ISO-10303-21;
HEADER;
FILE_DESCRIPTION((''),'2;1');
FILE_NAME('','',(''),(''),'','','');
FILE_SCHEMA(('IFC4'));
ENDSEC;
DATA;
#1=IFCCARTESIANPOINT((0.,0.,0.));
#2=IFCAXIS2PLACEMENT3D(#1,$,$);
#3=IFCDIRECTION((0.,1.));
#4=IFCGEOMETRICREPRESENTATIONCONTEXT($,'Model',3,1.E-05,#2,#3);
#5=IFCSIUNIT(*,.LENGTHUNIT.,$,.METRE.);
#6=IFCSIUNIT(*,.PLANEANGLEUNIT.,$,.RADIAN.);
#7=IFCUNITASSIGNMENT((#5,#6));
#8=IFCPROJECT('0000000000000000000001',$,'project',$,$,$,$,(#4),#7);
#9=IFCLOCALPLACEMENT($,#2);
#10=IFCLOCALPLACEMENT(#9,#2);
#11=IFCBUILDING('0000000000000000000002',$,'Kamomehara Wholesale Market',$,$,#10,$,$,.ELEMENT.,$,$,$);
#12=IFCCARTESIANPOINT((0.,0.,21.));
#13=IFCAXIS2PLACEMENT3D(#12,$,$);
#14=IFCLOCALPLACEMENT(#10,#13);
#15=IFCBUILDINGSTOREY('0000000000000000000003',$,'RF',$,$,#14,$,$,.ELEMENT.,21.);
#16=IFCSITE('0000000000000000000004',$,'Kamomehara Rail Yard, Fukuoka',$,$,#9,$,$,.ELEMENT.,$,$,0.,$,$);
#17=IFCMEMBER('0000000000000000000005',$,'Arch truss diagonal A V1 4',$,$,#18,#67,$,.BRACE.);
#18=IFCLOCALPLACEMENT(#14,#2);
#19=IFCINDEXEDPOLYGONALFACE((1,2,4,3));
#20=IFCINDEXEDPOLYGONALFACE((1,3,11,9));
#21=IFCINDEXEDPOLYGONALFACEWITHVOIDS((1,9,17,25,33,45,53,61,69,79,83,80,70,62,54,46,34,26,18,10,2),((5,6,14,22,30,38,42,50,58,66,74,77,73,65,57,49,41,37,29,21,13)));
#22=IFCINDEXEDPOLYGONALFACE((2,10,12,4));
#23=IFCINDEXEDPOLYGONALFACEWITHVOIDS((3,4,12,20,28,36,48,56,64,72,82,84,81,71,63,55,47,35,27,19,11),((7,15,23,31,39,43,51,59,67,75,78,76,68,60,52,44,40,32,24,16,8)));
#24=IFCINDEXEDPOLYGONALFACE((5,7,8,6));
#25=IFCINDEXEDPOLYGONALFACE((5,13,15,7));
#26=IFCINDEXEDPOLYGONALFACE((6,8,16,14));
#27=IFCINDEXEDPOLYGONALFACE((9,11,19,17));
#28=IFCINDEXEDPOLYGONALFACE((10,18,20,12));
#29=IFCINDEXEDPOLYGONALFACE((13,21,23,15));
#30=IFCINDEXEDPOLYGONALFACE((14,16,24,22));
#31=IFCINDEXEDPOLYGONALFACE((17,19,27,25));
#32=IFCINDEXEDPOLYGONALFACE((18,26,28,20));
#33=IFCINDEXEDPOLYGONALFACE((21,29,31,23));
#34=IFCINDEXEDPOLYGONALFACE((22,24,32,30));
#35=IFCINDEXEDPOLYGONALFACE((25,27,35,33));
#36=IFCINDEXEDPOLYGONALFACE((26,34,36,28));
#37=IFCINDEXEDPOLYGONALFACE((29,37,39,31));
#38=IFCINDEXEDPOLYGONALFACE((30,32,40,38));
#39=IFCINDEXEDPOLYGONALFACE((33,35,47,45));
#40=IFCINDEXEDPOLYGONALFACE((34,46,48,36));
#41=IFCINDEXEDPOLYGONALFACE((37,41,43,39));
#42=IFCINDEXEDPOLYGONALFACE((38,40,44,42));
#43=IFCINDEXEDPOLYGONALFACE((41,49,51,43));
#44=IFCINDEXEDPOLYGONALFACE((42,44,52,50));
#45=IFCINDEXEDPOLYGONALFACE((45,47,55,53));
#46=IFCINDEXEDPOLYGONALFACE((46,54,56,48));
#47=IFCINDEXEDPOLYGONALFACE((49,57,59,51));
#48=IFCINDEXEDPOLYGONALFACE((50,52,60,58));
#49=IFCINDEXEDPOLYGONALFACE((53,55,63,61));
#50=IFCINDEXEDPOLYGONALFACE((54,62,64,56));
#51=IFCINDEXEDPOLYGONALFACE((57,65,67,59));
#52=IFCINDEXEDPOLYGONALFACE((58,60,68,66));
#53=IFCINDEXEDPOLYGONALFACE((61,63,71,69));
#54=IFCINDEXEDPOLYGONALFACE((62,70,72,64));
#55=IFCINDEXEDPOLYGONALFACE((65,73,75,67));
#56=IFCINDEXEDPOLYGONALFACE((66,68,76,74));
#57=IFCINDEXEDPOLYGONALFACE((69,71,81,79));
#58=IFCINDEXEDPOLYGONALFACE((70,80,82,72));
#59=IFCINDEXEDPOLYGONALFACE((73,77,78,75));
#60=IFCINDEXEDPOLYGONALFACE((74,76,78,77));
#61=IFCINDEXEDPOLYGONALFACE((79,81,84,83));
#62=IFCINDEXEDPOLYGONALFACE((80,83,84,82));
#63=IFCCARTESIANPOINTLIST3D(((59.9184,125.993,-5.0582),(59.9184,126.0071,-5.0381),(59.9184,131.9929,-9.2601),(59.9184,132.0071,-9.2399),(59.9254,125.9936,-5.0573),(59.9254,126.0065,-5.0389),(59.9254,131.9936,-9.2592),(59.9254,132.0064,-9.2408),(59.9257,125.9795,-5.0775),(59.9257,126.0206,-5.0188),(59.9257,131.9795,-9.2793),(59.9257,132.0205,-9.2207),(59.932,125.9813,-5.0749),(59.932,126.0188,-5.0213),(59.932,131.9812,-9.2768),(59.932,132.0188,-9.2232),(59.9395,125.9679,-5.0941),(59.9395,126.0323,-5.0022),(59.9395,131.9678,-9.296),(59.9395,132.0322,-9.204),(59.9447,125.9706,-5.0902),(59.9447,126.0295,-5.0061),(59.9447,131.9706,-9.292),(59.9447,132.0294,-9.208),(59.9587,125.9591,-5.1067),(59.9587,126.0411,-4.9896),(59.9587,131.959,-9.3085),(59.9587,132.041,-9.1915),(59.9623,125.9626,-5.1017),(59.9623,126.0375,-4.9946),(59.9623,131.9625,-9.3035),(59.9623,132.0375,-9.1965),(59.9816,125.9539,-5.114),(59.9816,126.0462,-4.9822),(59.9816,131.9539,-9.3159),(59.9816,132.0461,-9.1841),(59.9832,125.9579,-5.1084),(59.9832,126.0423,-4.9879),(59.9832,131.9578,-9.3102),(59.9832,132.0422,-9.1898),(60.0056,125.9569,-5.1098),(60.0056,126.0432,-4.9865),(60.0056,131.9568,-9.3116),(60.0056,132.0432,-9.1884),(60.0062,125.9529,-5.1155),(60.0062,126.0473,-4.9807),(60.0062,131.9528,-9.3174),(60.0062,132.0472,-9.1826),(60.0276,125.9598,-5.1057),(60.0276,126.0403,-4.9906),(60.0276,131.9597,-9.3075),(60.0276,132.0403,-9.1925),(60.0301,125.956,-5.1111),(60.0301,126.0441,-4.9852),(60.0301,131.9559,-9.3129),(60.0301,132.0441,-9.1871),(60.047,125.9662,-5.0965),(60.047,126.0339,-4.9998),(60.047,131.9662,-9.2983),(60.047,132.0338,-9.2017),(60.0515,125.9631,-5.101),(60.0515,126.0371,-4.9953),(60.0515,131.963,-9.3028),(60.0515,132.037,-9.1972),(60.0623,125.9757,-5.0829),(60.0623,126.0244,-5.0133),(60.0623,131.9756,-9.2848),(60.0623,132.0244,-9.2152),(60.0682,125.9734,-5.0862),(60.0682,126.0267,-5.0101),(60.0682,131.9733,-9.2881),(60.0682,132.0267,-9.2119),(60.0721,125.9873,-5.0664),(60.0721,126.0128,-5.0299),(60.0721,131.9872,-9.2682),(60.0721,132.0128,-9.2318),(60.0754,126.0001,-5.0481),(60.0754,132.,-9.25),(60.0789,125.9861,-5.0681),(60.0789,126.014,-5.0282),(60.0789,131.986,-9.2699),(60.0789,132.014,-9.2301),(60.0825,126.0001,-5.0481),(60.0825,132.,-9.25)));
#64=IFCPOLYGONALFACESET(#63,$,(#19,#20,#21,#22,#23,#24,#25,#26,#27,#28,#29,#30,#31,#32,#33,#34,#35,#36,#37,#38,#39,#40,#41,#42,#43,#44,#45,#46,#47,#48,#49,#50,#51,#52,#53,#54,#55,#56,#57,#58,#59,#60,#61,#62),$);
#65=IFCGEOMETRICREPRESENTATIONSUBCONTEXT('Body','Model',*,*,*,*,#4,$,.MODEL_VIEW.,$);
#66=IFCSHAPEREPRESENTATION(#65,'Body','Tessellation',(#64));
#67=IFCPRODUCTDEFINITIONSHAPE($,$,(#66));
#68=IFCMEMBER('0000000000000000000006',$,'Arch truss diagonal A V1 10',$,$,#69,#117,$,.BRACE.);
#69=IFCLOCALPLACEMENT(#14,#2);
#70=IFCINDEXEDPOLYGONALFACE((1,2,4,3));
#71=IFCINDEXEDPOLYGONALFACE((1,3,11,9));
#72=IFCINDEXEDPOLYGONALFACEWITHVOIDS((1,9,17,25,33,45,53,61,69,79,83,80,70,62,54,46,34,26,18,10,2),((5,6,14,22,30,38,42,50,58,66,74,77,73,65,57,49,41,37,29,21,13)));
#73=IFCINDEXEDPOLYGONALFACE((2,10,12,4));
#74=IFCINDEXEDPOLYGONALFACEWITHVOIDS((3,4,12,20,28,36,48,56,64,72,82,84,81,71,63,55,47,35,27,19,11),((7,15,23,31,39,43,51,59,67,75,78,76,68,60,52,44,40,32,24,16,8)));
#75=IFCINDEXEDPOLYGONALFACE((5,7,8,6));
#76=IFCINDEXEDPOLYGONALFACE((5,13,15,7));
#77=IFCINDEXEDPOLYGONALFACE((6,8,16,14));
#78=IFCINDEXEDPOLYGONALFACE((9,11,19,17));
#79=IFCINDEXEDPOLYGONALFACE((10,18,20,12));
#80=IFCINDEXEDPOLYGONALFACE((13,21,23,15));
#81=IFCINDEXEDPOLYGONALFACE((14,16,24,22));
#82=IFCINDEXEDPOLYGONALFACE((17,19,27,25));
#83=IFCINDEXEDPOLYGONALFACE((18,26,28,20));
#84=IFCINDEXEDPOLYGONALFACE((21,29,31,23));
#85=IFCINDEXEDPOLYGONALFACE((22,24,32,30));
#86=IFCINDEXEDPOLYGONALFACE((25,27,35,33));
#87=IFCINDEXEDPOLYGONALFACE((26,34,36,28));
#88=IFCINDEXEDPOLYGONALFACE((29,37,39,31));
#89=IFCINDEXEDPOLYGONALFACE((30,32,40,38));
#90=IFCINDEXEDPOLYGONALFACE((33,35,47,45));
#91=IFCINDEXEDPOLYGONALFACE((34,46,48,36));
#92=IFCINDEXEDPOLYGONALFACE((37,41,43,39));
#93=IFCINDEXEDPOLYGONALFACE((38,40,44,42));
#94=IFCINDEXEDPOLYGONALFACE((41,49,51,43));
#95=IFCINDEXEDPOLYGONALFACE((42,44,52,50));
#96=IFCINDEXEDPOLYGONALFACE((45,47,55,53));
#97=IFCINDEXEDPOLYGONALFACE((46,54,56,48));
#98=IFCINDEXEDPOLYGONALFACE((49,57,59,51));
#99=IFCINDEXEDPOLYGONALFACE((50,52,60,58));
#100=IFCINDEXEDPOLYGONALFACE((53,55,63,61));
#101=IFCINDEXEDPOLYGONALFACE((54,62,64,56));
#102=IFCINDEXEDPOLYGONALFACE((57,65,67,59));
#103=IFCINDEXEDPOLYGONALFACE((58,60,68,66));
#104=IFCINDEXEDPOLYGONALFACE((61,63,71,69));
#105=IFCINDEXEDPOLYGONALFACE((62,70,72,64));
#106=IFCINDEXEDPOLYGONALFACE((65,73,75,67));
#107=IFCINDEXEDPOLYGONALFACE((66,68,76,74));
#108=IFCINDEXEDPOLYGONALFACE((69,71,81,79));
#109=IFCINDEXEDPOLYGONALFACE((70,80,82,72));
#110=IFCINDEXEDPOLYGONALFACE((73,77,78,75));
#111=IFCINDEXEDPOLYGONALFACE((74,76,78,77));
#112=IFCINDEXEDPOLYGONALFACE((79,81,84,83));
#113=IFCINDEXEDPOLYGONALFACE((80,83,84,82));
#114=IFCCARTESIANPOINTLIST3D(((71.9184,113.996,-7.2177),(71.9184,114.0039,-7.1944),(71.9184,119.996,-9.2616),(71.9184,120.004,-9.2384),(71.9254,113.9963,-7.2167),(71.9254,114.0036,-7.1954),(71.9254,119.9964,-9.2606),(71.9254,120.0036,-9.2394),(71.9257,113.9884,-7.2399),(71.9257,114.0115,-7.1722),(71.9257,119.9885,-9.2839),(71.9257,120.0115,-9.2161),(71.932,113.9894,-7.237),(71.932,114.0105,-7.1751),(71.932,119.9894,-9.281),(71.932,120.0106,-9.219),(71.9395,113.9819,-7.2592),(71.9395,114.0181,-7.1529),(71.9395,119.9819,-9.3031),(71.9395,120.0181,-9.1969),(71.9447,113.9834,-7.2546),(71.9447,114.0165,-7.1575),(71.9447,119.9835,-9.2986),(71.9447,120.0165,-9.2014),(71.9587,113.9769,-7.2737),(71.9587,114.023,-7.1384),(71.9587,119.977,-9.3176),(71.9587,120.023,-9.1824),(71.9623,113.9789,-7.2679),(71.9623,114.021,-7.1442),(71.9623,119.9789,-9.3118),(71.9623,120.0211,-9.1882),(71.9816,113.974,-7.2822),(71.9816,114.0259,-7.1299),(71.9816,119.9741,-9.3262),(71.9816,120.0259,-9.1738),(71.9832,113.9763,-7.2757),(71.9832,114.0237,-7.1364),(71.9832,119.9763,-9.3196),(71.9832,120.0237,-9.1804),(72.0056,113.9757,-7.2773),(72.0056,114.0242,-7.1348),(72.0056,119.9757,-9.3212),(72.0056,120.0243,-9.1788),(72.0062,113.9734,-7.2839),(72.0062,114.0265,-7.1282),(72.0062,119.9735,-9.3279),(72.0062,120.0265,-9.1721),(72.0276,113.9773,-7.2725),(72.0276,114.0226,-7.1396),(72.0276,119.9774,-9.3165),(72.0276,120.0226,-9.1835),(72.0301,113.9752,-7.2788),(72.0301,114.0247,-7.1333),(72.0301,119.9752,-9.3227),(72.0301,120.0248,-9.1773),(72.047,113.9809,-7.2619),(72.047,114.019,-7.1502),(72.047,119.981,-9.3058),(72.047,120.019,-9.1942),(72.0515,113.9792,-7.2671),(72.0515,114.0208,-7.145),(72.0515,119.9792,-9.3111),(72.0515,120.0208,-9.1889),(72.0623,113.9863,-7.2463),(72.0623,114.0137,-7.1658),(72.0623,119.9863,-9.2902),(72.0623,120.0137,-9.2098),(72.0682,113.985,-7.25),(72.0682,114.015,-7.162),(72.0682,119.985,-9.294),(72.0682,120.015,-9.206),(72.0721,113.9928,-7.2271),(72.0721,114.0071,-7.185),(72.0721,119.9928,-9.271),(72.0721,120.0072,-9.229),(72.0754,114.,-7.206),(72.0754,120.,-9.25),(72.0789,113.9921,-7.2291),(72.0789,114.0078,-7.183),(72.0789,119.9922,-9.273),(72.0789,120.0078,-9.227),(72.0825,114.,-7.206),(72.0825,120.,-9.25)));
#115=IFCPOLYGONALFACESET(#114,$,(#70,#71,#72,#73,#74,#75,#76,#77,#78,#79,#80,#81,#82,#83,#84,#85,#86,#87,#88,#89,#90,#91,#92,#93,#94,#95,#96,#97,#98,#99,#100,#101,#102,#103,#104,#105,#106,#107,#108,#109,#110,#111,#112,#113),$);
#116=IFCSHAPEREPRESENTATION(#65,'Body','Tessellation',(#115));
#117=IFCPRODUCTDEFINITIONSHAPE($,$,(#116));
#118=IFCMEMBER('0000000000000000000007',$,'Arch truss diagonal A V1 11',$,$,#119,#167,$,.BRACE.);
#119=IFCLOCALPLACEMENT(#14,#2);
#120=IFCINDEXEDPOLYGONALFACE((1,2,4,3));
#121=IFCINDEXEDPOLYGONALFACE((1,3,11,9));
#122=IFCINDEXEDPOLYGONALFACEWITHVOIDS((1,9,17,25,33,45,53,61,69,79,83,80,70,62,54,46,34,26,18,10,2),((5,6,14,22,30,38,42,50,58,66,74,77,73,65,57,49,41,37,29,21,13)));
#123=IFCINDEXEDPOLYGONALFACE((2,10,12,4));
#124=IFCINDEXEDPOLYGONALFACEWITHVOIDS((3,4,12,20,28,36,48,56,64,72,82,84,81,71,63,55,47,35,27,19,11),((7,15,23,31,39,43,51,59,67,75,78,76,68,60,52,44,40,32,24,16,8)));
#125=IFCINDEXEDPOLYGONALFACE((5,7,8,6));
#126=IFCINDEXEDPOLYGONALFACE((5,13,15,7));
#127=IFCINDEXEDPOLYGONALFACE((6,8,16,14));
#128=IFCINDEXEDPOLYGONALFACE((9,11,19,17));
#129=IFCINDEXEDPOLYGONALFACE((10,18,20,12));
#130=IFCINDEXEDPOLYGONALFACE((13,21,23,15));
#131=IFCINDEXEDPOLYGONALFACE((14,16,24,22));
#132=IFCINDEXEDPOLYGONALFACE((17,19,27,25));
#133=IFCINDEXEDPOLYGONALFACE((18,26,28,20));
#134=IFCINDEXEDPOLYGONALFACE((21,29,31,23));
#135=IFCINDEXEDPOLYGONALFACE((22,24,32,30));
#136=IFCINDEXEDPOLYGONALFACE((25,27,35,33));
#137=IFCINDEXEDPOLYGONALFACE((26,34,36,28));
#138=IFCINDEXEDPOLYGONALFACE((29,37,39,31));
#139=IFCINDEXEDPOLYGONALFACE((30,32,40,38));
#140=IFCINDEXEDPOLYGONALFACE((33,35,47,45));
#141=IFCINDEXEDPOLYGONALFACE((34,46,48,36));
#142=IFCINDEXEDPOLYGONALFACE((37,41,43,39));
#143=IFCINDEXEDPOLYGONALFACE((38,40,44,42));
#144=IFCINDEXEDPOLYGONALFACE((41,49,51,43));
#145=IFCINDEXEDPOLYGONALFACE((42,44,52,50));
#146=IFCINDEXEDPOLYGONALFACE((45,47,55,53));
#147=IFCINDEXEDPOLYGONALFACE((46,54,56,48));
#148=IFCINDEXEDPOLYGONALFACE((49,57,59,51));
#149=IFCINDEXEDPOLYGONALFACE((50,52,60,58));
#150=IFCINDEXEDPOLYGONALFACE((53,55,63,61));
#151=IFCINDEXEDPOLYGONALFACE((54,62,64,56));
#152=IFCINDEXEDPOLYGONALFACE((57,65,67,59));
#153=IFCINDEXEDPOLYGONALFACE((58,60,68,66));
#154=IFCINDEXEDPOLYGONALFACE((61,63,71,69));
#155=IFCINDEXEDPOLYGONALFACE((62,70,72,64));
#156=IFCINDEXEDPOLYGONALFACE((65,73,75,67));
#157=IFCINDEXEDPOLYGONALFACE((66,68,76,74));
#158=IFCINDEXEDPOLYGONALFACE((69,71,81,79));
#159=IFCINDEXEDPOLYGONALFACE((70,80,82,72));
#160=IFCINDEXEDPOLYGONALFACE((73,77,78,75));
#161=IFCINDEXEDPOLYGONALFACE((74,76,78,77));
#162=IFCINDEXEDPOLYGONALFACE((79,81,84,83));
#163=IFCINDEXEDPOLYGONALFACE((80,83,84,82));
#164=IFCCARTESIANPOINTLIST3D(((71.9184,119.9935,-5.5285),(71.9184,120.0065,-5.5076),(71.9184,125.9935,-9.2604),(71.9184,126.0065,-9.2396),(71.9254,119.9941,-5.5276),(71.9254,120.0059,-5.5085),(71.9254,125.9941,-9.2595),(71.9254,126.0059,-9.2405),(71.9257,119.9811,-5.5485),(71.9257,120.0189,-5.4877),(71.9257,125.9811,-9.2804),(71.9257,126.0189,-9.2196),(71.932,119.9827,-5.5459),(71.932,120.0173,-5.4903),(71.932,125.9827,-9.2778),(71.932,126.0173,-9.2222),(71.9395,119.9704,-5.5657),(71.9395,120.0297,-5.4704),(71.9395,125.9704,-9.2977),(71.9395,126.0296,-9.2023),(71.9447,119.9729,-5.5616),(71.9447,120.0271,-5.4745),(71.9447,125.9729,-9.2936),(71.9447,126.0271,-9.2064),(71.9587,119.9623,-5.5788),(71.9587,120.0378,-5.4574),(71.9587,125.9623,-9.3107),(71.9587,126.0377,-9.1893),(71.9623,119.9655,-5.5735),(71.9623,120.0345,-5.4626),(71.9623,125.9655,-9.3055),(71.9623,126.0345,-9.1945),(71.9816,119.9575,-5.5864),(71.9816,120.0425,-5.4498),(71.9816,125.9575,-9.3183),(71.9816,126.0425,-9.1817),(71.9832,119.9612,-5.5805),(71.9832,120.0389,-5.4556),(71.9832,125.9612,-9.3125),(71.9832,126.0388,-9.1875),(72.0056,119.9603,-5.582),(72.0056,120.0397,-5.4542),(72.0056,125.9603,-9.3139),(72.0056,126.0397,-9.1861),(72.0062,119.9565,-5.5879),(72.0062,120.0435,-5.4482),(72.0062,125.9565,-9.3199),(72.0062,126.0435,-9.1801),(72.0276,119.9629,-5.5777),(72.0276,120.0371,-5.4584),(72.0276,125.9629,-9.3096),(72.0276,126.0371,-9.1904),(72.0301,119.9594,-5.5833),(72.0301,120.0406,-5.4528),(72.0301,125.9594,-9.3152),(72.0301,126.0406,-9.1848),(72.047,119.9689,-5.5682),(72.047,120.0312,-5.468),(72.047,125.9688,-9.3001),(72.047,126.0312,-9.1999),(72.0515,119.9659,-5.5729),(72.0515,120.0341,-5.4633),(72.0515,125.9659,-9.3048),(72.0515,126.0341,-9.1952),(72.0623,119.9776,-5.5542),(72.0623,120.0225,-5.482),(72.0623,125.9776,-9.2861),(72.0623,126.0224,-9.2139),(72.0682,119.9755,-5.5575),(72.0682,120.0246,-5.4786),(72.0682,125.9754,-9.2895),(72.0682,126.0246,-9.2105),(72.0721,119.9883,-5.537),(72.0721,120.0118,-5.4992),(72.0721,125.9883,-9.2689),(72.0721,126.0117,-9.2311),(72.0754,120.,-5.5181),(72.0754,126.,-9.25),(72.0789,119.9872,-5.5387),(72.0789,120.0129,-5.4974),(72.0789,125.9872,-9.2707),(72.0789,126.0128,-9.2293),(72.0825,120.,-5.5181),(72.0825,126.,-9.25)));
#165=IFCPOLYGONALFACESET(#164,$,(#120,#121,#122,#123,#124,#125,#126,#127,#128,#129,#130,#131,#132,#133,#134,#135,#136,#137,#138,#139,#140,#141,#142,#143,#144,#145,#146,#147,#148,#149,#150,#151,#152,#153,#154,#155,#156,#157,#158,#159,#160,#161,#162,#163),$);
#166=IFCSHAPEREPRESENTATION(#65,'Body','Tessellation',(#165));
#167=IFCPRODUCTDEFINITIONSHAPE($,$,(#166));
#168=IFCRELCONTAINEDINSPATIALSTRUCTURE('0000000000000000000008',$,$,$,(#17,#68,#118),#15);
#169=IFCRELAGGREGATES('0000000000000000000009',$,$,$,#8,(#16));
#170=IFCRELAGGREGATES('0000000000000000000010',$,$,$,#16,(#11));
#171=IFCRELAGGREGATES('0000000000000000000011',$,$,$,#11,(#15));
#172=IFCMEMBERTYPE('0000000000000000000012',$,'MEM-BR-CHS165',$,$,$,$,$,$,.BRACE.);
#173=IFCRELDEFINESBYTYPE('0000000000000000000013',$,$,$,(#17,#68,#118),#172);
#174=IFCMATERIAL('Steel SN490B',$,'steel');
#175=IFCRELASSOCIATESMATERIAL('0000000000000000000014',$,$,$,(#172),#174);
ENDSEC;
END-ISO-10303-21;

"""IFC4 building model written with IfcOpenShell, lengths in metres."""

from ifc_helpers import new_model, si_unit, direction, frame, origin, origin_2d, place, context, subcontext, project, spatial, hollow_circle, extrude, material, material_profile, profile_set, type_object, element, save


model = new_model("IFC4")

# Units and contexts
model_context = context("Model", 3, precision=1e-05, world=origin(), true_north=direction((0.0, 1.0)))
body_context = subcontext(model_context, "Body", "Model", "MODEL_VIEW")
ifc_project = project(units=[si_unit("LENGTHUNIT", "METRE"), si_unit("PLANEANGLEUNIT", "RADIAN")], contexts=[model_context])

# Site, building, storey
site_placement = place(None, origin())
site = spatial("IfcSite", under=ifc_project, at=site_placement, Name="Kamomehara Rail Yard, Fukuoka", CompositionType="ELEMENT", RefElevation=0.0)
building_placement = place(site_placement, origin())
building = spatial("IfcBuilding", under=site, at=building_placement, Name="Kamomehara Wholesale Market", CompositionType="ELEMENT")
storey_placement = place(building_placement, frame((0.0, 0.0, 21.0)))
storey = spatial("IfcBuildingStorey", under=building, at=storey_placement, Name="RF", CompositionType="ELEMENT", Elevation=21.0)

# Members
ifc_material_1 = material(Name="Steel SN490B", Category="steel")
ifc_material_profile_1 = material_profile(ifc_material_1, hollow_circle(Radius=0.0825, WallThickness=0.0071, at=origin_2d()), Name="CHS-165.2x7.1")
ifc_profile_set_1 = profile_set([ifc_material_profile_1], Name="Steel SN490B")
member_type_1 = type_object("IfcMemberType", Name="MEM-BR-CHS165", PredefinedType="BRACE", material=ifc_profile_set_1)
member_1_placement = place(storey_placement, frame((60.0, 132.0, -9.25), z_axis=(0.0, -0.81911, 0.573637), x_axis=(1.0, 0.0, 0.0)))
element("IfcMember", 1, at=member_1_placement, inside=storey, type_object=member_type_1, Name="Arch truss diagonal A V1 4", PredefinedType="BRACE", context=body_context, shape_type="SweptSolid", body=[
    extrude(hollow_circle(Radius=0.0825, WallThickness=0.0071, at=origin_2d()), origin(), (0.0, 0.0, 1.0), 7.325),
])
member_2_placement = place(storey_placement, frame((72.0, 120.0, -9.25), z_axis=(0.0, -0.946583, 0.322461), x_axis=(1.0, 0.0, 0.0)))
element("IfcMember", 2, at=member_2_placement, inside=storey, type_object=member_type_1, Name="Arch truss diagonal A V1 10", PredefinedType="BRACE", context=body_context, shape_type="SweptSolid", body=[
    extrude(hollow_circle(Radius=0.0825, WallThickness=0.0071, at=origin_2d()), origin(), (0.0, 0.0, 1.0), 6.3386),
])
member_3_placement = place(storey_placement, frame((72.0, 126.0, -9.25), z_axis=(0.0, -0.849145, 0.528159), x_axis=(1.0, 0.0, 0.0)))
element("IfcMember", 3, at=member_3_placement, inside=storey, type_object=member_type_1, Name="Arch truss diagonal A V1 11", PredefinedType="BRACE", context=body_context, shape_type="SweptSolid", body=[
    extrude(hollow_circle(Radius=0.0825, WallThickness=0.0071, at=origin_2d()), origin(), (0.0, 0.0, 1.0), 7.0659),
])

save(model, "model.ifc")
